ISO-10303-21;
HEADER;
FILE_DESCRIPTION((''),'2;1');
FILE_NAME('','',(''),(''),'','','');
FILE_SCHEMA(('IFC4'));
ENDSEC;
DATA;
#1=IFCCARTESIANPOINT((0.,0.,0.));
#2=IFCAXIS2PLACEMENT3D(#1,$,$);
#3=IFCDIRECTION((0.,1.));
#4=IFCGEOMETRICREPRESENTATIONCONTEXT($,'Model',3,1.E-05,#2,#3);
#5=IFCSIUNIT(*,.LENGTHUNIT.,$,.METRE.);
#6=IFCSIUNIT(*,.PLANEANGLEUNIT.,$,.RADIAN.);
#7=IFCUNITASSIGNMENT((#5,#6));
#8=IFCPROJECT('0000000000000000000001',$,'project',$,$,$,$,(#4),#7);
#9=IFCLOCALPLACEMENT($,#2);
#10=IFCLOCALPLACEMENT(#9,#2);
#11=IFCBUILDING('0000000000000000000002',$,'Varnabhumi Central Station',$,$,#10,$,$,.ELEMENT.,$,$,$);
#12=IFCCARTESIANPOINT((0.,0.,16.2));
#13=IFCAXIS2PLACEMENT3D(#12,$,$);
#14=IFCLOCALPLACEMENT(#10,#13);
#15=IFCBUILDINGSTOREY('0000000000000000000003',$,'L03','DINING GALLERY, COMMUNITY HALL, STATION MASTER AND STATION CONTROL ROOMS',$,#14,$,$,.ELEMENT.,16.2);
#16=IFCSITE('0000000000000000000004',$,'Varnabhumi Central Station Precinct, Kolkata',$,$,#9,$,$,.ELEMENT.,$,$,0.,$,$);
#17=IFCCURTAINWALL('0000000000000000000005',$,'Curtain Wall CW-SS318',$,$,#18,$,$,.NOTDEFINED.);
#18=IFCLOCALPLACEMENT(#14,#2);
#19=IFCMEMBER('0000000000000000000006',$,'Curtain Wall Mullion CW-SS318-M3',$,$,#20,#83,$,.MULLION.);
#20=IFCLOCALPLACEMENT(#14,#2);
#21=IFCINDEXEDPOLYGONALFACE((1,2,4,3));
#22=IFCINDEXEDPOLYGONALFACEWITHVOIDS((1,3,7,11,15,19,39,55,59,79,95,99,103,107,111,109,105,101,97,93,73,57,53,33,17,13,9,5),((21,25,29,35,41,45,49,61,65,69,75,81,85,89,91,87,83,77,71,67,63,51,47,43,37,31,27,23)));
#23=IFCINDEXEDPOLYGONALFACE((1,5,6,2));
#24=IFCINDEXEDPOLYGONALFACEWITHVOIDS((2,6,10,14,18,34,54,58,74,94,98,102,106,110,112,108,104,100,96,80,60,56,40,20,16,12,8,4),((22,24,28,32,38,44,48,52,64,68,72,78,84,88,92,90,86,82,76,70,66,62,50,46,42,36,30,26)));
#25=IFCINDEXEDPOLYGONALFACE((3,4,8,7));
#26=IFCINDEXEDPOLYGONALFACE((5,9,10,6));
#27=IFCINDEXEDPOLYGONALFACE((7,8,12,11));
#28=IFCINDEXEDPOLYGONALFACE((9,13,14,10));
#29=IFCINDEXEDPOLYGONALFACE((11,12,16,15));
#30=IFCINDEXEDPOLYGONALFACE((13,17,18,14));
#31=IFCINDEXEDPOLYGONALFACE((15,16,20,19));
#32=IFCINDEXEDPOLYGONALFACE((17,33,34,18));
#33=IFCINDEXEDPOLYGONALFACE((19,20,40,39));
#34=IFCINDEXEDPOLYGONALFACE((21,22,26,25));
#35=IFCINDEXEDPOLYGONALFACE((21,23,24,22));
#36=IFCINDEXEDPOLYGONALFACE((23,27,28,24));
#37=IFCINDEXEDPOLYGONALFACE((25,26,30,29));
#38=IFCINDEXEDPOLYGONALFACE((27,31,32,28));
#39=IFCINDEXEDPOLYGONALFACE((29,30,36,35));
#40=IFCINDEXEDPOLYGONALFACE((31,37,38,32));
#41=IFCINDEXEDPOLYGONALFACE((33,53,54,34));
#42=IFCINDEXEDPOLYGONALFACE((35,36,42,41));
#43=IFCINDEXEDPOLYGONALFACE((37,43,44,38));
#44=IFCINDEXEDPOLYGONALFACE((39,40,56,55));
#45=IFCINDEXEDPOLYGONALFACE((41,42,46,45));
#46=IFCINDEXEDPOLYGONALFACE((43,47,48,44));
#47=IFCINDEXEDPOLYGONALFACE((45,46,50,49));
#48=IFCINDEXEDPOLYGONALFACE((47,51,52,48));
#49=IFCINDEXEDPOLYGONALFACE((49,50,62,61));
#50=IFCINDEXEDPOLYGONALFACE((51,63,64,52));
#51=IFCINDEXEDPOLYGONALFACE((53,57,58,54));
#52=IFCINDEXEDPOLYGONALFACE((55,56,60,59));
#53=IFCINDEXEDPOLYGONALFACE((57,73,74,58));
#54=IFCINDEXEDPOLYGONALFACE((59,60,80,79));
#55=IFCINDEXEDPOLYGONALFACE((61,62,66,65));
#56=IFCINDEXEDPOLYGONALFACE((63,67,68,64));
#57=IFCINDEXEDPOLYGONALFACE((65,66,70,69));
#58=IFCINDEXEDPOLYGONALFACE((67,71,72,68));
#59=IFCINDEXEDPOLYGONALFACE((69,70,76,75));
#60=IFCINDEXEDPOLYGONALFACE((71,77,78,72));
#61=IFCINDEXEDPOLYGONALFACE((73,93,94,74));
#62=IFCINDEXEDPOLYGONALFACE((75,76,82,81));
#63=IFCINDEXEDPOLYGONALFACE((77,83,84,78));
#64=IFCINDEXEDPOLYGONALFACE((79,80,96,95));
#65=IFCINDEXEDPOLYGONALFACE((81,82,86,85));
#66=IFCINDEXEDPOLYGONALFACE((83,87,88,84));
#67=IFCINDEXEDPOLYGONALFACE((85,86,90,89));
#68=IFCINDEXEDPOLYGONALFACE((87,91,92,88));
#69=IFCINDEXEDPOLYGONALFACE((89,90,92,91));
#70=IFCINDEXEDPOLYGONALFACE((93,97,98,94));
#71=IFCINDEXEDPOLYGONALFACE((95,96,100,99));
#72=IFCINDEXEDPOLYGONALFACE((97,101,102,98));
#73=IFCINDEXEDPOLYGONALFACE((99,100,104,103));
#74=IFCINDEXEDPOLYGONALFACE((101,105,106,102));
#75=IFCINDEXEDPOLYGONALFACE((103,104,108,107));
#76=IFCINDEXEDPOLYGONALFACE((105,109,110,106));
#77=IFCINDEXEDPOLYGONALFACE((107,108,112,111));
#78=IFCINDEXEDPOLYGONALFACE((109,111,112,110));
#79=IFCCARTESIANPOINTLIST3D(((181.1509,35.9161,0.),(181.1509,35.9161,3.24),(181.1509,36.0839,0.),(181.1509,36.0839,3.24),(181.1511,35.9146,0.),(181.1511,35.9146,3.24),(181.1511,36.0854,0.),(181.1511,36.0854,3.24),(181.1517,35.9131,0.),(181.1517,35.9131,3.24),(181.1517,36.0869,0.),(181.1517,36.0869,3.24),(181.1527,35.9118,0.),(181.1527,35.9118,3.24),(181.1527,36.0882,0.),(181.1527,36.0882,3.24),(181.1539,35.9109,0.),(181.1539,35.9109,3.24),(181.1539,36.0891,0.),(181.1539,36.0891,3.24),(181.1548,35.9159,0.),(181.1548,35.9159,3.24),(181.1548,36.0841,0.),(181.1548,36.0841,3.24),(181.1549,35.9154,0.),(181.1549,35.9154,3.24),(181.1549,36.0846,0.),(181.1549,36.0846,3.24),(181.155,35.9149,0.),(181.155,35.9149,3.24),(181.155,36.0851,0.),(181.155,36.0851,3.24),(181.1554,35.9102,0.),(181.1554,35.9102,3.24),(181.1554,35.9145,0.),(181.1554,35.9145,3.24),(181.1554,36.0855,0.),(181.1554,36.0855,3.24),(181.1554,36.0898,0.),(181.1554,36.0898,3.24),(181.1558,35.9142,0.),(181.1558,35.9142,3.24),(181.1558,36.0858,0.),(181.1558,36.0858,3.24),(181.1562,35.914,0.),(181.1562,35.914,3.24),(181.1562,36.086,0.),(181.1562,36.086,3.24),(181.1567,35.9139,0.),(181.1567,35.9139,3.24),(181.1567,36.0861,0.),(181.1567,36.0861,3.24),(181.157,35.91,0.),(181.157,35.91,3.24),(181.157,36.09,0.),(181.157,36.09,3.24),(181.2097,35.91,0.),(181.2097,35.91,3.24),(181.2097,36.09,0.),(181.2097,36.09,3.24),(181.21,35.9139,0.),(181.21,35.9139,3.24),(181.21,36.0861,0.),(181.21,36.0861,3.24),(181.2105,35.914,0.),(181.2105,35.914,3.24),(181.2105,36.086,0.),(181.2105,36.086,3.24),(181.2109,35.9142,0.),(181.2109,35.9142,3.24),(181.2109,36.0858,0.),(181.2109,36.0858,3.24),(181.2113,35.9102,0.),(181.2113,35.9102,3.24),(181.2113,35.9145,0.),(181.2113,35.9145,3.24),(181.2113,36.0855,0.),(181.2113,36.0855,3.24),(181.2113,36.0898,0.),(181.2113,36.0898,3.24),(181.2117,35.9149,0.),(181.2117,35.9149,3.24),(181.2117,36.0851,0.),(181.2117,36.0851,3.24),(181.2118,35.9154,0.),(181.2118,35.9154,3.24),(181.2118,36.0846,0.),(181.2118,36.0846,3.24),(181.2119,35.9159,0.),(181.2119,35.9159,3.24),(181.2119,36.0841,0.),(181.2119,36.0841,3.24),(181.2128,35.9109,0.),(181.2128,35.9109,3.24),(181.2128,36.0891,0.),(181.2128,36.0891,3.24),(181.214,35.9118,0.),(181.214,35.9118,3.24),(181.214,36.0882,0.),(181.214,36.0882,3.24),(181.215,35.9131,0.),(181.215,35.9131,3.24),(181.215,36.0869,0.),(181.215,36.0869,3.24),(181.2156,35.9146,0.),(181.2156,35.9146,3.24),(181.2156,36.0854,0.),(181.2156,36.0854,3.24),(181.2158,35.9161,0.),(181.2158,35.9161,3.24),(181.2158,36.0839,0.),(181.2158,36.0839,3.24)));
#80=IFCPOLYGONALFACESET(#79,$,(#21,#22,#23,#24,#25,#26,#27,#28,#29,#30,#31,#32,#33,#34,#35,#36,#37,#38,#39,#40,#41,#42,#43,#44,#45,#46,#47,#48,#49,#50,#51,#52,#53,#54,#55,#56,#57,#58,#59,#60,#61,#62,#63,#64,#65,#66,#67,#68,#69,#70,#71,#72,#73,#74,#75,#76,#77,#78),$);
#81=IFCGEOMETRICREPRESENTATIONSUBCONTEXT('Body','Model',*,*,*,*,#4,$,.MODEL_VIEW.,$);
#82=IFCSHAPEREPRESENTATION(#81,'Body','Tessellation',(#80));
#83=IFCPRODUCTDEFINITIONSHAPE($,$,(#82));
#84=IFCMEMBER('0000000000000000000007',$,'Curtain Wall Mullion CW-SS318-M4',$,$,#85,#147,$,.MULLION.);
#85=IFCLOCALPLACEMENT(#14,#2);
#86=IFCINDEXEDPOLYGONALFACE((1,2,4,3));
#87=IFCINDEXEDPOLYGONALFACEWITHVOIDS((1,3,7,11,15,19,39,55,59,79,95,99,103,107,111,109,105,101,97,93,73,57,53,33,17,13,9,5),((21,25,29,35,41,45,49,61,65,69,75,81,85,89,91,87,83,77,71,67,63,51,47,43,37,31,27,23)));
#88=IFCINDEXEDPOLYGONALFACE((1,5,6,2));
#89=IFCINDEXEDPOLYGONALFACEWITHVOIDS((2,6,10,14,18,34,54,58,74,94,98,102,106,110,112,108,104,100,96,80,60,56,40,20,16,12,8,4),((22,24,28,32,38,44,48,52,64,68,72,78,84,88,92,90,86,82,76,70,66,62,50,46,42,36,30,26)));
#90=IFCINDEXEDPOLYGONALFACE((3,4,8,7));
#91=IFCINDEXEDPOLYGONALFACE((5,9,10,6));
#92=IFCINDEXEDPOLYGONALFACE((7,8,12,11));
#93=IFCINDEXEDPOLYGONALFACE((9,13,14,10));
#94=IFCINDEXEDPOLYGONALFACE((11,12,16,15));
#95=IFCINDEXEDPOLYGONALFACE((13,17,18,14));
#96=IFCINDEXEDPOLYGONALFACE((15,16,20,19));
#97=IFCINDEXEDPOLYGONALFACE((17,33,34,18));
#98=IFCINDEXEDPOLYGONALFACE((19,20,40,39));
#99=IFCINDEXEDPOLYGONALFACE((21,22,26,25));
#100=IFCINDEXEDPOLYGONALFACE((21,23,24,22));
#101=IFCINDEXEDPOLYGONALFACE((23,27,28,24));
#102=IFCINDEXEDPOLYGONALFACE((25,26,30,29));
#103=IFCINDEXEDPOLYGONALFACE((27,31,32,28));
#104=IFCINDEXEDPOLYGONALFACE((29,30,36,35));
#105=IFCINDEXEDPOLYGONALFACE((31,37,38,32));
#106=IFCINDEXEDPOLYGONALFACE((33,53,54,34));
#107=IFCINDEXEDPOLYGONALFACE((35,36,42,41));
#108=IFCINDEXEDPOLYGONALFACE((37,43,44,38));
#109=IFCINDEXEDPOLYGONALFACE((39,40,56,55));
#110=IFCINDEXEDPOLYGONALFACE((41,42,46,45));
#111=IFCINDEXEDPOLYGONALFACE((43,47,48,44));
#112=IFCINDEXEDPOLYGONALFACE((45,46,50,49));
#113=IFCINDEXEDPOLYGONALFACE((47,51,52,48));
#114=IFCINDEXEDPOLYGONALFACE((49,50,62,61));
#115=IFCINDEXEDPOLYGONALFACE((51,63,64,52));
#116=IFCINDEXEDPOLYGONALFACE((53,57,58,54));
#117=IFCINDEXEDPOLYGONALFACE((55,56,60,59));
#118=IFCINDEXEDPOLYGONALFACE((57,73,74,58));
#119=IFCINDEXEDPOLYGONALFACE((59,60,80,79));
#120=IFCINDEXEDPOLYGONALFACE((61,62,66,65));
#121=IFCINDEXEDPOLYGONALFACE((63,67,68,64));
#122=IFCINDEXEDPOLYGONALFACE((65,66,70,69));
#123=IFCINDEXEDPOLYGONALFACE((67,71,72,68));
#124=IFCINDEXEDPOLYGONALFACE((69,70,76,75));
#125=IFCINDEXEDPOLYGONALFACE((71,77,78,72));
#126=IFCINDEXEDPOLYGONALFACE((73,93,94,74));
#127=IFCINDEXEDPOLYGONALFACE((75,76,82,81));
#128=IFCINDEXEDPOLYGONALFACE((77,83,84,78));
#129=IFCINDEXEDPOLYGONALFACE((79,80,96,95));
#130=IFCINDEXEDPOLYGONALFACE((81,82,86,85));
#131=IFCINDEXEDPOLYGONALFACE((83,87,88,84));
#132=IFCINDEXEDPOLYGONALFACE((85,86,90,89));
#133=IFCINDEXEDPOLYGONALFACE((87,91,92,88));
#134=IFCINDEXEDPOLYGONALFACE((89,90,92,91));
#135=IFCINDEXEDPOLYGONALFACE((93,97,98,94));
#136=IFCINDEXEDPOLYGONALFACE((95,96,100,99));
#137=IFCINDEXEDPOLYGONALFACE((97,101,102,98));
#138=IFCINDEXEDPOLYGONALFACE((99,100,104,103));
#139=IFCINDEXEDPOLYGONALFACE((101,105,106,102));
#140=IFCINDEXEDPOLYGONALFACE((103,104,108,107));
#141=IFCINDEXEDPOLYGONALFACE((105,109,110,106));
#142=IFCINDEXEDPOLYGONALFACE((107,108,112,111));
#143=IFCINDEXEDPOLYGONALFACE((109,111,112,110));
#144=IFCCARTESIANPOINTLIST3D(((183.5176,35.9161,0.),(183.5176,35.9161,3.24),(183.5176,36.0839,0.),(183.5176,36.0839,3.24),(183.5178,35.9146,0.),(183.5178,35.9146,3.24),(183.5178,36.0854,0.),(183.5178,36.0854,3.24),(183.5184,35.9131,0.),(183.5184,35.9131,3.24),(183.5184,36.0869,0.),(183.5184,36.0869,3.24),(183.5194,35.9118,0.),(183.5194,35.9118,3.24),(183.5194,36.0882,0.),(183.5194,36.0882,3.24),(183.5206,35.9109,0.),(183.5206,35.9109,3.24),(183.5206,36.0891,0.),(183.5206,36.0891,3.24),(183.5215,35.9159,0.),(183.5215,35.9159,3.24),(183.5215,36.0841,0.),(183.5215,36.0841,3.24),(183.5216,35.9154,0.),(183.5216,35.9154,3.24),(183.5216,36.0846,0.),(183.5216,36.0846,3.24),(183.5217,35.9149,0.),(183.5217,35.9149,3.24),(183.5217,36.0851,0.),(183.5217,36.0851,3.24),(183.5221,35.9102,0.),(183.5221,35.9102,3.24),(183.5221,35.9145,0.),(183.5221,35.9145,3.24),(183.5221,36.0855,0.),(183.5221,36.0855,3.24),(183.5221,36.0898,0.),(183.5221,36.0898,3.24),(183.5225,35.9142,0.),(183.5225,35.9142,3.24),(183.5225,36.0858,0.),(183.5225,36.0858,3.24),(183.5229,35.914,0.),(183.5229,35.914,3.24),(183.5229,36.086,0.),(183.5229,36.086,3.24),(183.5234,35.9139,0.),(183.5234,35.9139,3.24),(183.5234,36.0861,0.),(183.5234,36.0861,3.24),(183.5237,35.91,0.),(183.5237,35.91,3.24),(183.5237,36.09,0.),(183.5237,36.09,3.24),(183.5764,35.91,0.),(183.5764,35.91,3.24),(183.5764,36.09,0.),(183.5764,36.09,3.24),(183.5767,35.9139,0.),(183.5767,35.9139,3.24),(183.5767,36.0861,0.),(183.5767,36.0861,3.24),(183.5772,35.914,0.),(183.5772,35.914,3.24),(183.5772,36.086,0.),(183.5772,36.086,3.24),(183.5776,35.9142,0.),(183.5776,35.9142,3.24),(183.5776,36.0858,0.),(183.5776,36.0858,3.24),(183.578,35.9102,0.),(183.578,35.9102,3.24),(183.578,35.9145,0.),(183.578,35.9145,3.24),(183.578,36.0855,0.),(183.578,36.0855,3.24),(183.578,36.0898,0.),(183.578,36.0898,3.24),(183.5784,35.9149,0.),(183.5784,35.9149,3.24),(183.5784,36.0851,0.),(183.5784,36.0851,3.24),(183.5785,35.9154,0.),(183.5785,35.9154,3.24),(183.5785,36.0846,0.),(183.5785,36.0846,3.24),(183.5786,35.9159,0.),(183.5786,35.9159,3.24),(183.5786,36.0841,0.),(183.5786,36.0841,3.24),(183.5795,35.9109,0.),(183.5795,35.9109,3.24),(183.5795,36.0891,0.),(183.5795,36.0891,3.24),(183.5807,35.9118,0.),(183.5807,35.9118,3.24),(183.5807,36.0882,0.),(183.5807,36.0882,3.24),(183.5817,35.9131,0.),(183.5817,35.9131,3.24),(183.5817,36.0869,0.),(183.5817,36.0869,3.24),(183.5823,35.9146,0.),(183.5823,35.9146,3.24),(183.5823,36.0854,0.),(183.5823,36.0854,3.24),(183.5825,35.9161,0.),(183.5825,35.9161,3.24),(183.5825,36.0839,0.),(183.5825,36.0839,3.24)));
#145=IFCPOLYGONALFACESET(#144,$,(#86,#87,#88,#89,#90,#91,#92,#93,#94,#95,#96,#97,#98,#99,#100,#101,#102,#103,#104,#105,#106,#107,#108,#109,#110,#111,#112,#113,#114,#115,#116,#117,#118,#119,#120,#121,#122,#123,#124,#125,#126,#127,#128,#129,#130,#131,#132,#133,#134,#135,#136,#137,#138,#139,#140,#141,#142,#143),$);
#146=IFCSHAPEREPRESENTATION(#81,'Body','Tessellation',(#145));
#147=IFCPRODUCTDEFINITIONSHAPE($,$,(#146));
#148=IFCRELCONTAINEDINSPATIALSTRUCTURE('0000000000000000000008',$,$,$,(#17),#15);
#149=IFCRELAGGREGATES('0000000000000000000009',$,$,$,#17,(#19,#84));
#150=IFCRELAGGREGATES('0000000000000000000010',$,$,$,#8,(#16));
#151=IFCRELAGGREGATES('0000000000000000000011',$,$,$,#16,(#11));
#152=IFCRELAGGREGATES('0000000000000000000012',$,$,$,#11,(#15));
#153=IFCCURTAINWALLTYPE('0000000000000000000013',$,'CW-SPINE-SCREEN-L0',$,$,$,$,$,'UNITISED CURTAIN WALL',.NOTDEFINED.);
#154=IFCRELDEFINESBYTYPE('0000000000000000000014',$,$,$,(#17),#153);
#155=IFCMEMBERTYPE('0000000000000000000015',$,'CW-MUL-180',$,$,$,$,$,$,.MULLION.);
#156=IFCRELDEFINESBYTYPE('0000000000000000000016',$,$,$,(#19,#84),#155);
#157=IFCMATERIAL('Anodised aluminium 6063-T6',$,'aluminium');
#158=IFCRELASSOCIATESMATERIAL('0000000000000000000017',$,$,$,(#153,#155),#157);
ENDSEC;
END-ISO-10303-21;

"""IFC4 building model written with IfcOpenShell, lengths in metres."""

from ifc_helpers import new_model, si_unit, direction, frame, origin, origin_2d, place, context, subcontext, project, spatial, hollow_rectangle, extrude, material, material_profile, profile_set, type_object, element, aggregate, save


model = new_model("IFC4")

# Units and contexts
model_context = context("Model", 3, precision=1e-05, world=origin(), true_north=direction((0.0, 1.0)))
body_context = subcontext(model_context, "Body", "Model", "MODEL_VIEW")
ifc_project = project(units=[si_unit("LENGTHUNIT", "METRE"), si_unit("PLANEANGLEUNIT", "RADIAN")], contexts=[model_context])

# Site, building, storey
site_placement = place(None, origin())
site = spatial("IfcSite", under=ifc_project, at=site_placement, Name="Varnabhumi Central Station Precinct, Kolkata", CompositionType="ELEMENT", RefElevation=0.0)
building_placement = place(site_placement, origin())
building = spatial("IfcBuilding", under=site, at=building_placement, Name="Varnabhumi Central Station", CompositionType="ELEMENT")
storey_placement = place(building_placement, frame((0.0, 0.0, 16.2)))
storey = spatial("IfcBuildingStorey", under=building, at=storey_placement, Name="L03", Description="DINING GALLERY, COMMUNITY HALL, STATION MASTER AND STATION CONTROL ROOMS", CompositionType="ELEMENT", Elevation=16.2)

# Curtain wall, members
ifc_material_1 = material(Name="Anodised aluminium 6063-T6", Category="aluminium")
curtain_wall_type = type_object("IfcCurtainWallType", Name="CW-SPINE-SCREEN-L0", ElementType="UNITISED CURTAIN WALL", PredefinedType="NOTDEFINED", material=ifc_material_1)
curtain_wall_placement = place(storey_placement, origin())
curtain_wall = element("IfcCurtainWall", 1, at=curtain_wall_placement, inside=storey, type_object=curtain_wall_type, Name="Curtain Wall CW-SS318", PredefinedType="NOTDEFINED")
ifc_material_profile_1 = material_profile(ifc_material_1, hollow_rectangle(XDim=0.0649, YDim=0.1799, WallThickness=0.0039, InnerFilletRadius=0.002, OuterFilletRadius=0.0061, at=origin_2d()), Name="Anodised aluminium 6063-T6", Category="aluminium")
ifc_profile_set_1 = profile_set([ifc_material_profile_1], Name="Anodised aluminium 6063-T6")
member_type_1 = type_object("IfcMemberType", Name="CW-MUL-180", PredefinedType="MULLION", material=ifc_profile_set_1)
member_1_placement = place(storey_placement, frame((181.1833, 36.0, 0.0), z_axis=(0.0, 0.0, 1.0), x_axis=(1.0, 0.0, 0.0)))
member_1 = element("IfcMember", 2, at=member_1_placement, type_object=member_type_1, Name="Curtain Wall Mullion CW-SS318-M3", PredefinedType="MULLION", context=body_context, shape_type="SweptSolid", body=[
    extrude(hollow_rectangle(XDim=0.0649, YDim=0.1799, WallThickness=0.0039, InnerFilletRadius=0.002, OuterFilletRadius=0.0061, at=origin_2d()), origin(), (0.0, 0.0, 1.0), 3.24),
])
member_2_placement = place(storey_placement, frame((183.55, 36.0, 0.0), z_axis=(0.0, 0.0, 1.0), x_axis=(1.0, 0.0, 0.0)))
member_2 = element("IfcMember", 3, at=member_2_placement, type_object=member_type_1, Name="Curtain Wall Mullion CW-SS318-M4", PredefinedType="MULLION", context=body_context, shape_type="SweptSolid", body=[
    extrude(hollow_rectangle(XDim=0.0649, YDim=0.1799, WallThickness=0.0039, InnerFilletRadius=0.002, OuterFilletRadius=0.0061, at=origin_2d()), origin(), (0.0, 0.0, 1.0), 3.24),
])

aggregate(curtain_wall, [member_1, member_2])

save(model, "model.ifc")
